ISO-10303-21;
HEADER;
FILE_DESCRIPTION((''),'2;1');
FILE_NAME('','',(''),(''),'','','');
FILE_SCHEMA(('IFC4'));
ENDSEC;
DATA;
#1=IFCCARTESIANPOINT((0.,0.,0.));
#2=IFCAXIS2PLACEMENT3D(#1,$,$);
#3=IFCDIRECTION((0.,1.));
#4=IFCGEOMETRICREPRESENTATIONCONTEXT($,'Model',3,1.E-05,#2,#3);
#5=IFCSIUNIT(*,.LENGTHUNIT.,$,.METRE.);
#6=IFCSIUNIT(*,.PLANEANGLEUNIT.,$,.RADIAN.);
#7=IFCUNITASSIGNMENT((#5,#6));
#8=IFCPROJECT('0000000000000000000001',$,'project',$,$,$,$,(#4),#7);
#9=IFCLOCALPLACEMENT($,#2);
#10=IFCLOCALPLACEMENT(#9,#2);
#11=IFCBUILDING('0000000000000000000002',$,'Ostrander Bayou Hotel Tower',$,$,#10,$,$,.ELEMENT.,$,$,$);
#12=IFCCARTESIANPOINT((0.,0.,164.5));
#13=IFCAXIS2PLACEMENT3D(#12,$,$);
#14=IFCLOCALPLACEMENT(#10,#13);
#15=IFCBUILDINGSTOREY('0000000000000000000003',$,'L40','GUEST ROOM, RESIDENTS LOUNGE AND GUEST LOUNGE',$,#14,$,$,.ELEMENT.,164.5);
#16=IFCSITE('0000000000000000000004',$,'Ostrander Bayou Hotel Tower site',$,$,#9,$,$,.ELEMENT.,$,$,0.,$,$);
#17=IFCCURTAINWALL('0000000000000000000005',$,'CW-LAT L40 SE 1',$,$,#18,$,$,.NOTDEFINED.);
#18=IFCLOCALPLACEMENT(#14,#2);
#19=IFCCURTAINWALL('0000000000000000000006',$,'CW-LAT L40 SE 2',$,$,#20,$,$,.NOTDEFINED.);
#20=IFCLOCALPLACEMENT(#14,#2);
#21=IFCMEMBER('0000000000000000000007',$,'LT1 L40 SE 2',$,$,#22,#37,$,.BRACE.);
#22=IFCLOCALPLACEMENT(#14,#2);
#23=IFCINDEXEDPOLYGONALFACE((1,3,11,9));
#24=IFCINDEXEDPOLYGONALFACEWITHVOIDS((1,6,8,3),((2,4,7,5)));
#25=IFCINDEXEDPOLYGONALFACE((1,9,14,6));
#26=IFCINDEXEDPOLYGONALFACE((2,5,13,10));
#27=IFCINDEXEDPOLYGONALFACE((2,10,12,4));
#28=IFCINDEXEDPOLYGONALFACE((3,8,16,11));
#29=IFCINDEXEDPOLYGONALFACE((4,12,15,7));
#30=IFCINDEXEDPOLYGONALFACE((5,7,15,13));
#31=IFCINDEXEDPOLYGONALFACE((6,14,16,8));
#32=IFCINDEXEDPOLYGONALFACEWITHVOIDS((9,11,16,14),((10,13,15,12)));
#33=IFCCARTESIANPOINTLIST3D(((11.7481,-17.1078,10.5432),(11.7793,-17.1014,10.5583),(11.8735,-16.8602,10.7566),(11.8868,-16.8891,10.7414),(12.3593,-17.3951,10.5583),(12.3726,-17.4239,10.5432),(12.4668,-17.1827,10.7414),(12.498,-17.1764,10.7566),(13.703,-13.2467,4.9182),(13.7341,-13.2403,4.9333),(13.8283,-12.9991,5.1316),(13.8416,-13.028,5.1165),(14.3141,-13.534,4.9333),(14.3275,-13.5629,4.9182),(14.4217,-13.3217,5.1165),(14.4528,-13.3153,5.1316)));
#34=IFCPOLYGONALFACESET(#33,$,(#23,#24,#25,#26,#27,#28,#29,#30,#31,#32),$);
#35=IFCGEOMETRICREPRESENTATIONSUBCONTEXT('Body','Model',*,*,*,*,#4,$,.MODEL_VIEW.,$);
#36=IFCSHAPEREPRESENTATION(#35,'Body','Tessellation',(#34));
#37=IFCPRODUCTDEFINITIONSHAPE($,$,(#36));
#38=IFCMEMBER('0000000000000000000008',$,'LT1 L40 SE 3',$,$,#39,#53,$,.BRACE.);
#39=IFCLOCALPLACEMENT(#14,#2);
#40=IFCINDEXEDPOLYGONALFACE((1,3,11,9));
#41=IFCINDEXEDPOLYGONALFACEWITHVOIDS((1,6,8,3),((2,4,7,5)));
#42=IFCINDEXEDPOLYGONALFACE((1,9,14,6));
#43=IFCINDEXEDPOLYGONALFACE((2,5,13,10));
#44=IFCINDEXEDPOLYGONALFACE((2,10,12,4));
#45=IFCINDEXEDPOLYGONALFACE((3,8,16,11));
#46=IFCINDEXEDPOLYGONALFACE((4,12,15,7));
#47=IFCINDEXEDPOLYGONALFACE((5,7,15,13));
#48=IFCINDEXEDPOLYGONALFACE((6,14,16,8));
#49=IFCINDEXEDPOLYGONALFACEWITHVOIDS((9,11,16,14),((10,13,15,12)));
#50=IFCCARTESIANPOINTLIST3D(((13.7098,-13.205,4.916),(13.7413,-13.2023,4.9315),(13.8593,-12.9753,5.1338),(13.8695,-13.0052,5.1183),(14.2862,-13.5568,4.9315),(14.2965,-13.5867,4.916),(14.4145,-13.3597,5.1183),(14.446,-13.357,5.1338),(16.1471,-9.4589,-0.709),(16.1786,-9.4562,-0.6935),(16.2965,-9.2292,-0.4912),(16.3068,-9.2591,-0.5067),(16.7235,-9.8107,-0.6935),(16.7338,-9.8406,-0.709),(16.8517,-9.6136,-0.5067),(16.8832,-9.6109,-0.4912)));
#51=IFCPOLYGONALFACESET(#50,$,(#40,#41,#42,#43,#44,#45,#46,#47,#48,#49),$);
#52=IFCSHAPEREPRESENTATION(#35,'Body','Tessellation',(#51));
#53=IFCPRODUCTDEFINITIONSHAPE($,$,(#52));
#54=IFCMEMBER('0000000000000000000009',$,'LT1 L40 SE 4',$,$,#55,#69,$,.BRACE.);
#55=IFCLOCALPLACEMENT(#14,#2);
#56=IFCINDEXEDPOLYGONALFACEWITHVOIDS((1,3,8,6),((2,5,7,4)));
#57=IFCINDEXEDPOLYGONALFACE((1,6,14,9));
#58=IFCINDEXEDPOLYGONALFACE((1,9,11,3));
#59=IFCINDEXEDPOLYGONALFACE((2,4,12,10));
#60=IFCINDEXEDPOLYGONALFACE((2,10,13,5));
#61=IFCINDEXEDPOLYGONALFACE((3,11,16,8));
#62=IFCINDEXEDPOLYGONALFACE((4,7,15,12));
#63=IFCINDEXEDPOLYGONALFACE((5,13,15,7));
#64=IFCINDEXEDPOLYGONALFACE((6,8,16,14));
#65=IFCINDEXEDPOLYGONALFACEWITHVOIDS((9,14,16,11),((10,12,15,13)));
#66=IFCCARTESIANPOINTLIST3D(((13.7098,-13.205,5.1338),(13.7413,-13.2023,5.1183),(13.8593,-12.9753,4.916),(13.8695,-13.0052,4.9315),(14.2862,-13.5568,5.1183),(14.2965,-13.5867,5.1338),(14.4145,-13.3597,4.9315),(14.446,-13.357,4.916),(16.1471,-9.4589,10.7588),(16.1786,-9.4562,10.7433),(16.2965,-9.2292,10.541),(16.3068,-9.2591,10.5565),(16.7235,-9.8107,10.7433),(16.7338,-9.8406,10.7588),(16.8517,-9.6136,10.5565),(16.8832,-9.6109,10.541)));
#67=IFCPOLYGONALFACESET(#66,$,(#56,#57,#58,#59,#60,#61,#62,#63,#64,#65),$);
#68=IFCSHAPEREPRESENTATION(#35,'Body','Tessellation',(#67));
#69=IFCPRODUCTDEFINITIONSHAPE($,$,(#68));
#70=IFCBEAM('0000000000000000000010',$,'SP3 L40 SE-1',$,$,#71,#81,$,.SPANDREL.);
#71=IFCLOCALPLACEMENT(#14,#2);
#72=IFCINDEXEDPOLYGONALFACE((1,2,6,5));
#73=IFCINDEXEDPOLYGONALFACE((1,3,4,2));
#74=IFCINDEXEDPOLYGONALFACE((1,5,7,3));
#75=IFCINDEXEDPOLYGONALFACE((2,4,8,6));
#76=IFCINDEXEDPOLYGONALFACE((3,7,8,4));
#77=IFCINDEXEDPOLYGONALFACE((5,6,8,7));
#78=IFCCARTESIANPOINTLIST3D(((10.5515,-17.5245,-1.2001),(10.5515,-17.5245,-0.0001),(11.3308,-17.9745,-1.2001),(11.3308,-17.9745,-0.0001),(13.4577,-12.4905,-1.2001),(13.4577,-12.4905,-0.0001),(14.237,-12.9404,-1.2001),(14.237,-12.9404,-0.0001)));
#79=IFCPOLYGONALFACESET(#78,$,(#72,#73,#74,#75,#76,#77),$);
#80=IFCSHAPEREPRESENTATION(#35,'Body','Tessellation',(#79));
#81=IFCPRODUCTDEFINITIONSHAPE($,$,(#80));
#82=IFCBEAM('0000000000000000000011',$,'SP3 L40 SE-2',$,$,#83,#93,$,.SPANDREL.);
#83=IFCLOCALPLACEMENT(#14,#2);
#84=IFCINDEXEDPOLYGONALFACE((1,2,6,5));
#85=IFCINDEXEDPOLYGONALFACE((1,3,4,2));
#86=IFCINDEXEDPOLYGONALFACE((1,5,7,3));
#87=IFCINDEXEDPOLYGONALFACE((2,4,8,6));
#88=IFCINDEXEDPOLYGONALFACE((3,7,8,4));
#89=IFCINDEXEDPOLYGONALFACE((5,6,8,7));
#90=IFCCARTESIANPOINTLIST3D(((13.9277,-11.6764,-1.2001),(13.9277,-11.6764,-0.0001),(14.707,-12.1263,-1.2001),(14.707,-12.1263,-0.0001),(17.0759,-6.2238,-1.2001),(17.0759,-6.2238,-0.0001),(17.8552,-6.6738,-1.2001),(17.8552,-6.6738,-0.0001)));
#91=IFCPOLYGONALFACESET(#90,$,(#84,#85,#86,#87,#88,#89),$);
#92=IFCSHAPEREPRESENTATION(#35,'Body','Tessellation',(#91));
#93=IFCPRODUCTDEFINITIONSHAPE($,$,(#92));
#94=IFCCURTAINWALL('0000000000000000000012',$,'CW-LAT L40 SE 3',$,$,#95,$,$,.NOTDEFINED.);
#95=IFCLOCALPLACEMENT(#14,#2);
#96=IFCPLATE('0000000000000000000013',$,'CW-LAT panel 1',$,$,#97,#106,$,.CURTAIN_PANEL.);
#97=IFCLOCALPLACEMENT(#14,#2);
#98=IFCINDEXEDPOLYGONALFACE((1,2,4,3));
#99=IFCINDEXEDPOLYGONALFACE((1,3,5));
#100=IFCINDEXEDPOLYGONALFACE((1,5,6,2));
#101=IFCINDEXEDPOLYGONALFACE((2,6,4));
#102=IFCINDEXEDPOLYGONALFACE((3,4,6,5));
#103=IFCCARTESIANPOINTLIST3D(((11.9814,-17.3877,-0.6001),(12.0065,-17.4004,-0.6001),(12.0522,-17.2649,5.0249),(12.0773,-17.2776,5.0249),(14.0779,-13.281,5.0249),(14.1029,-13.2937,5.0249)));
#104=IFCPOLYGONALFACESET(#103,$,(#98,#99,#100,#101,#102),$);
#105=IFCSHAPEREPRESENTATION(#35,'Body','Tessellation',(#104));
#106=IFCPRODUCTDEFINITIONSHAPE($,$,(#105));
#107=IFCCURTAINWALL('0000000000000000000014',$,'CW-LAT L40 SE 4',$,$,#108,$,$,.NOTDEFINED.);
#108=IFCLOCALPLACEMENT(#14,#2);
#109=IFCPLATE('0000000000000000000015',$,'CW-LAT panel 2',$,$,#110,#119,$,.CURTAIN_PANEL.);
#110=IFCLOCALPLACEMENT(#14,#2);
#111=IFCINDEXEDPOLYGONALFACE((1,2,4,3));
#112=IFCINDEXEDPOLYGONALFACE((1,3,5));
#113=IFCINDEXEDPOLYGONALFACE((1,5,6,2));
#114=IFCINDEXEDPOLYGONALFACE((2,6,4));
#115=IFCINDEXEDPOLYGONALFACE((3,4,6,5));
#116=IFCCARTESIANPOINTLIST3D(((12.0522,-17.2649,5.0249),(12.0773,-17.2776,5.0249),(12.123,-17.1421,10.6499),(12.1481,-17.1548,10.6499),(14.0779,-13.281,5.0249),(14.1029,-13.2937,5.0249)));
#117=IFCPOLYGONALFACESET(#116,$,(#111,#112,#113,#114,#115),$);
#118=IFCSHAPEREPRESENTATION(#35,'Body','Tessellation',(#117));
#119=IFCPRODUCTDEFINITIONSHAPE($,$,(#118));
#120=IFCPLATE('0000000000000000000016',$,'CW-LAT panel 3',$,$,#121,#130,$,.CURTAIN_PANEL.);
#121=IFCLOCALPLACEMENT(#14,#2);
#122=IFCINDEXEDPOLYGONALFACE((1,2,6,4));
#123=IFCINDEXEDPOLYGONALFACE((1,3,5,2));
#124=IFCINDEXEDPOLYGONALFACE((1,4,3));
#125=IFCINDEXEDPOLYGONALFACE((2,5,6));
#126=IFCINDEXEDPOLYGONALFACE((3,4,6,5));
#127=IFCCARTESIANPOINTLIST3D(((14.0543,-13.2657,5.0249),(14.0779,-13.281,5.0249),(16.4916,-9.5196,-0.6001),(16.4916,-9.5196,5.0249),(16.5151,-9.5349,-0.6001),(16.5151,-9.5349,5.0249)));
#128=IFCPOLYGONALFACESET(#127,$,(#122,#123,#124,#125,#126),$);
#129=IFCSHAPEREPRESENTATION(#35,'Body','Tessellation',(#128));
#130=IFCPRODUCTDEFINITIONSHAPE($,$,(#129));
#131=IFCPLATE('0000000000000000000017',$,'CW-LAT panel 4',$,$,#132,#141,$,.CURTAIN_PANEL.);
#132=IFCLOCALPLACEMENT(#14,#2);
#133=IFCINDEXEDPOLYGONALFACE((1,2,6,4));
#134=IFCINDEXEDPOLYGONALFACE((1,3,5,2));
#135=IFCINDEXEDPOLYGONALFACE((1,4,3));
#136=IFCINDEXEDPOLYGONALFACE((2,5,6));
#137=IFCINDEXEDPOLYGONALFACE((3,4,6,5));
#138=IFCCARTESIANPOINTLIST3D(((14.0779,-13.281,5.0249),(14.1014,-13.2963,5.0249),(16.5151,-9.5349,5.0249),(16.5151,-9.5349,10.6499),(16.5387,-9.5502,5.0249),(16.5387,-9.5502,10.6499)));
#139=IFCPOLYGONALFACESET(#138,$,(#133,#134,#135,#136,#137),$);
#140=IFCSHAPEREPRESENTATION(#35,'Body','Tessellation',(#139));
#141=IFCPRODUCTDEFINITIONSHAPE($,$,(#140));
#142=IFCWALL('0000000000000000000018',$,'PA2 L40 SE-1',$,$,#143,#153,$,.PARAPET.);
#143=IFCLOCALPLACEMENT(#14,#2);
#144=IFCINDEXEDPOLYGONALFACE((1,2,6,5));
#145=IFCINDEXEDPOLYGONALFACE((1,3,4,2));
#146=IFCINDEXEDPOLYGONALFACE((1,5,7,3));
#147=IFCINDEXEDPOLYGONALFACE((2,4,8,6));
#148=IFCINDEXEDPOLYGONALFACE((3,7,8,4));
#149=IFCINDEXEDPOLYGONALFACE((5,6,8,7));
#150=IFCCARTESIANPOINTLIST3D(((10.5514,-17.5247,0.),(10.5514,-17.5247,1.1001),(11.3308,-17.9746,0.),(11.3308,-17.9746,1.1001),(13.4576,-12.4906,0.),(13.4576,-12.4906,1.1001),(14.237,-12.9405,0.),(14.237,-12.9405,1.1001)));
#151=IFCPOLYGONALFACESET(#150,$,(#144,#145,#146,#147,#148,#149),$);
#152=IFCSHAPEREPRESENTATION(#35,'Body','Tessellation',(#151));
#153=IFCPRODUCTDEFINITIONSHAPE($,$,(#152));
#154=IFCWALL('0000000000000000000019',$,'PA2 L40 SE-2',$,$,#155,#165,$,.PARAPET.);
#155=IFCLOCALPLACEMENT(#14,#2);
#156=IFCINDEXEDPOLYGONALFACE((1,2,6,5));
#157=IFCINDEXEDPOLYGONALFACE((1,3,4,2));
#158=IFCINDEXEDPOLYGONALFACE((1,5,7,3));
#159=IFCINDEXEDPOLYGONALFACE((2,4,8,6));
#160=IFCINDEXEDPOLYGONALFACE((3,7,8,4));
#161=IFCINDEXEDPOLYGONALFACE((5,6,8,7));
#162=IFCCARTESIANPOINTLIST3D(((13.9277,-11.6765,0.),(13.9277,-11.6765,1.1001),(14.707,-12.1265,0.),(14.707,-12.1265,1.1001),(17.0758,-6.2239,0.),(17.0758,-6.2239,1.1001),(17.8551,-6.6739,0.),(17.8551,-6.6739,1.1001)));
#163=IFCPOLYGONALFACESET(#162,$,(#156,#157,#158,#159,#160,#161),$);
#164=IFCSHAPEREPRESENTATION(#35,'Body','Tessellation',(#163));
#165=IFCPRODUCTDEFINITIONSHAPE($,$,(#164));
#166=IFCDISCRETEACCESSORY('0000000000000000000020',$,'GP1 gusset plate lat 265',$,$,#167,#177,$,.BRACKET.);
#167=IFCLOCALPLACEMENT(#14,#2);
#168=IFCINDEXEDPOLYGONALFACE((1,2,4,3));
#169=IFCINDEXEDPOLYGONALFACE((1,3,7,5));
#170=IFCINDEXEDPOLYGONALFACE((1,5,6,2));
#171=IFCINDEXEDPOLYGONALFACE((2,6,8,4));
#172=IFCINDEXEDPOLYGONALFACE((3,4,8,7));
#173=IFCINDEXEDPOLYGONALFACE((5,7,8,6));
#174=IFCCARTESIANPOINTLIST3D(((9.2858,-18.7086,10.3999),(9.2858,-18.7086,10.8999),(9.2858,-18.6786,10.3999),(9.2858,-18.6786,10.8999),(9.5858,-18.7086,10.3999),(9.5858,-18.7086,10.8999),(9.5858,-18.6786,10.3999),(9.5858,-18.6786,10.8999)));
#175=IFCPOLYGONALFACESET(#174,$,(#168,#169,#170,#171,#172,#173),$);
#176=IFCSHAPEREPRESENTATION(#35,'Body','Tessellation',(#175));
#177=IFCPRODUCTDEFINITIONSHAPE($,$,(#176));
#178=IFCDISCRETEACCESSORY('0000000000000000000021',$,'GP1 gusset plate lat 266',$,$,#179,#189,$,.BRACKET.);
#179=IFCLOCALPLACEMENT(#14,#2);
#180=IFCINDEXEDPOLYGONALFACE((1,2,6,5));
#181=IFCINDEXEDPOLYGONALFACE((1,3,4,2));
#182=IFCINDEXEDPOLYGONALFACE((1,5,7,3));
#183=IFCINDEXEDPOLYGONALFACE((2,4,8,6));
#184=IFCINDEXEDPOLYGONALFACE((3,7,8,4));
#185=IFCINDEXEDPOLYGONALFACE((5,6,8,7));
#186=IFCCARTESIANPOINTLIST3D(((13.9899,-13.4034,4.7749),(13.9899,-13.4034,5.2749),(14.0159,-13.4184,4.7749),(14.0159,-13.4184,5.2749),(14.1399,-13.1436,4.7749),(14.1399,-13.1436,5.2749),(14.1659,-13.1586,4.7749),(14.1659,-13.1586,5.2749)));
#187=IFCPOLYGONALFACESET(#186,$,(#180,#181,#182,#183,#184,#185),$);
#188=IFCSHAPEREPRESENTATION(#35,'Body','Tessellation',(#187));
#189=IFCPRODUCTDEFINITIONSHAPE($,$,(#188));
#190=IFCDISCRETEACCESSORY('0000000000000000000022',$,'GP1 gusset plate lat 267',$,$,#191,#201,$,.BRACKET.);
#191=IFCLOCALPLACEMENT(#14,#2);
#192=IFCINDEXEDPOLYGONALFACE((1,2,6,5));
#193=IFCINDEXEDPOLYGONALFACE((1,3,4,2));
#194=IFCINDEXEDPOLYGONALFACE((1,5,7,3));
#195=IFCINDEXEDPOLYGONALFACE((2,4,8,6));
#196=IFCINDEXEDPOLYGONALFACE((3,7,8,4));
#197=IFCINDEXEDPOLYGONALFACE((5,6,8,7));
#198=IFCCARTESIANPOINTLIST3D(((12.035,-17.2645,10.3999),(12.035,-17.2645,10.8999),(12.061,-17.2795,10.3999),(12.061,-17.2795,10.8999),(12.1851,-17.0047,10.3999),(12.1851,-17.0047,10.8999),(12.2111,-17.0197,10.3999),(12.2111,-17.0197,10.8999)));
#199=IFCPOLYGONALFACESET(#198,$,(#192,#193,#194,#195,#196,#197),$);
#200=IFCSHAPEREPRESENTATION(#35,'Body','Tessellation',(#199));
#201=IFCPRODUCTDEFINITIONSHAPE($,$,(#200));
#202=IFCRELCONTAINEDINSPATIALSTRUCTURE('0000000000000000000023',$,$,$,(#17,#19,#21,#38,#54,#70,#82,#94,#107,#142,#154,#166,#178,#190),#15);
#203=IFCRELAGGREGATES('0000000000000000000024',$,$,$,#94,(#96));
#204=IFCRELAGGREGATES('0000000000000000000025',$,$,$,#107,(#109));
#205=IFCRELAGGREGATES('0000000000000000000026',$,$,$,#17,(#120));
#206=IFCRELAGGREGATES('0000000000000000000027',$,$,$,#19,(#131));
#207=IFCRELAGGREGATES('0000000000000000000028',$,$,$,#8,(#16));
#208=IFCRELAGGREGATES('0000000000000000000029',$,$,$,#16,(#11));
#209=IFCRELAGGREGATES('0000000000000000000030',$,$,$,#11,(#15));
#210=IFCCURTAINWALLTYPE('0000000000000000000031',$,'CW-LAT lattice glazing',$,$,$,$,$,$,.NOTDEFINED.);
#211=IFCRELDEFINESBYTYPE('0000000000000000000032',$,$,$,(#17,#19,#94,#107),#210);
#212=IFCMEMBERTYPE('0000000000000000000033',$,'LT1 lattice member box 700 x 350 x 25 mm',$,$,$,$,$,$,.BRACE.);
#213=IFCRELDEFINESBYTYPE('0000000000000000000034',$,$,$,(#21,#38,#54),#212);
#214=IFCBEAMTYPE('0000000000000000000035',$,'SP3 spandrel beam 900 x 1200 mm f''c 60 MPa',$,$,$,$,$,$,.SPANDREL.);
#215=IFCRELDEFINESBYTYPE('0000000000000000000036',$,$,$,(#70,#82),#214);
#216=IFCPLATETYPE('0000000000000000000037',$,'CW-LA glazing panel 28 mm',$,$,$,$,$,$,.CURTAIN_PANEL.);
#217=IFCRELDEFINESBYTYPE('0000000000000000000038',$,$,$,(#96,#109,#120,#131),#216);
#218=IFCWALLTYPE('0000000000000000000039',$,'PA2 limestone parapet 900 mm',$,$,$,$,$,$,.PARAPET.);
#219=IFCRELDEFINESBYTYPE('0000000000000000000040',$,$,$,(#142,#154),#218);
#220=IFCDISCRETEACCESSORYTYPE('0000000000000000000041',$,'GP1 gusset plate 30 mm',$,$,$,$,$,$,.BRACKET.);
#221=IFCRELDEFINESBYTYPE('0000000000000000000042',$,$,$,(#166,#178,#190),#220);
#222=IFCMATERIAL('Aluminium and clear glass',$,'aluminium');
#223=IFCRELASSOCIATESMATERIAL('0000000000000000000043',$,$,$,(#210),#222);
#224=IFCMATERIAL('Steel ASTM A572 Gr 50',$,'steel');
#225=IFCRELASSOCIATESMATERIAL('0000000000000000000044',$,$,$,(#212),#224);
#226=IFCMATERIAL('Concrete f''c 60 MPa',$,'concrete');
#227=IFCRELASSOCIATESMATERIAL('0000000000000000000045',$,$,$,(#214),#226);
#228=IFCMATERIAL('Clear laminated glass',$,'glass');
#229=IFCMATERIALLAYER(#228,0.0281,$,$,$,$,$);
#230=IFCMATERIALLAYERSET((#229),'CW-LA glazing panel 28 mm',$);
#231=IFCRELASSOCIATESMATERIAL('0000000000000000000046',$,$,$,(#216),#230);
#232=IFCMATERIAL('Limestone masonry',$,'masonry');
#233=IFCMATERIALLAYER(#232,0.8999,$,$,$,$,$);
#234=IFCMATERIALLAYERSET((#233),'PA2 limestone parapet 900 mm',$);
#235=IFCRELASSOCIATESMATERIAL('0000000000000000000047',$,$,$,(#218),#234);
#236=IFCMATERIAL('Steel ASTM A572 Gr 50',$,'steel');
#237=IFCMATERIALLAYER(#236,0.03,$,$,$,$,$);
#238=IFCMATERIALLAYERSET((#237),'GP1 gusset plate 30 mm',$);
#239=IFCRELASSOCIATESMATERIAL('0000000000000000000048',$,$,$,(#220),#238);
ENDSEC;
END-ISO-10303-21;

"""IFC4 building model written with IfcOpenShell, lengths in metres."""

from ifc_helpers import new_model, si_unit, direction, frame, frame_2d, origin, origin_2d, place, context, subcontext, project, spatial, polyline, rectangle, hollow_rectangle, outline, extrude, material, layer, layer_set, material_profile, profile_set, type_object, element, aggregate, save


model = new_model("IFC4")

# Units and contexts
model_context = context("Model", 3, precision=1e-05, world=origin(), true_north=direction((0.0, 1.0)))
body_context = subcontext(model_context, "Body", "Model", "MODEL_VIEW")
ifc_project = project(units=[si_unit("LENGTHUNIT", "METRE"), si_unit("PLANEANGLEUNIT", "RADIAN")], contexts=[model_context])

# Site, building, storey
site_placement = place(None, origin())
site = spatial("IfcSite", under=ifc_project, at=site_placement, Name="Ostrander Bayou Hotel Tower site", CompositionType="ELEMENT", RefElevation=0.0)
building_placement = place(site_placement, origin())
building = spatial("IfcBuilding", under=site, at=building_placement, Name="Ostrander Bayou Hotel Tower", CompositionType="ELEMENT")
storey_placement = place(building_placement, frame((0.0, 0.0, 164.5)))
storey = spatial("IfcBuildingStorey", under=building, at=storey_placement, Name="L40", Description="GUEST ROOM, RESIDENTS LOUNGE AND GUEST LOUNGE", CompositionType="ELEMENT", Elevation=164.5)

# Curtain wall
ifc_material_1 = material(Name="Aluminium and clear glass", Category="aluminium")
curtain_wall_type = type_object("IfcCurtainWallType", Name="CW-LAT lattice glazing", PredefinedType="NOTDEFINED", material=ifc_material_1)
curtain_wall_1_placement = place(storey_placement, origin())
curtain_wall_1 = element("IfcCurtainWall", 1, at=curtain_wall_1_placement, inside=storey, type_object=curtain_wall_type, Name="CW-LAT L40 SE 1", PredefinedType="NOTDEFINED")

# Curtain wall
curtain_wall_2_placement = place(storey_placement, origin())
curtain_wall_2 = element("IfcCurtainWall", 2, at=curtain_wall_2_placement, inside=storey, type_object=curtain_wall_type, Name="CW-LAT L40 SE 2", PredefinedType="NOTDEFINED")

# Members
ifc_material_2 = material(Name="Steel ASTM A572 Gr 50", Category="steel")
ifc_material_profile_1 = material_profile(ifc_material_2, hollow_rectangle(XDim=0.7, YDim=0.3501, WallThickness=0.0249, at=origin_2d()))
ifc_profile_set_1 = profile_set([ifc_material_profile_1], Name="Steel ASTM A572 Gr 50")
member_type_1 = type_object("IfcMemberType", Name="LT1 lattice member box 700 x 350 x 25 mm", PredefinedType="BRACE", material=ifc_profile_set_1)
member_1_placement = place(storey_placement, frame((14.0779, -13.281, 5.0249), z_axis=(-0.275438, -0.544031, 0.792568), x_axis=(0.892171, -0.451698, 0.0)))
element("IfcMember", 3, at=member_1_placement, inside=storey, type_object=member_type_1, Name="LT1 L40 SE 2", PredefinedType="BRACE", context=body_context, shape_type="SweptSolid", body=[
    extrude(hollow_rectangle(XDim=0.7, YDim=0.3501, WallThickness=0.0249, at=origin_2d()), origin(), (0.0, 0.0, 1.0), 7.0972),
])
for number, where, z_axis, x_axis, name in (
    (4, (14.0779, -13.281, 5.0249), (0.339248, 0.521428, -0.782958), (-0.838209, 0.545349, 0.0), "LT1 L40 SE 3"),
    (5, (14.0779, -13.281, 5.0249), (0.339248, 0.521428, 0.782958), (-0.838209, 0.545349, 0.0), "LT1 L40 SE 4"),
):
    element("IfcMember", number, at=place(storey_placement, frame(where, z_axis=z_axis, x_axis=x_axis)), inside=storey, type_object=member_type_1, Name=name, PredefinedType="BRACE", context=body_context, shape_type="SweptSolid", body=[
        extrude(hollow_rectangle(XDim=0.7, YDim=0.3501, WallThickness=0.0249, at=origin_2d()), origin(), (0.0, 0.0, 1.0), 7.1843),
    ])

# Beams
ifc_material_3 = material(Name="Concrete f'c 60 MPa", Category="concrete")
ifc_material_profile_2 = material_profile(ifc_material_3, rectangle(XDim=0.8999, YDim=1.2, at=origin_2d()))
ifc_profile_set_2 = profile_set([ifc_material_profile_2], Name="Concrete f'c 60 MPa")
beam_type_1 = type_object("IfcBeamType", Name="SP3 spandrel beam 900 x 1200 mm f'c 60 MPa", PredefinedType="SPANDREL", material=ifc_profile_set_2)
beam_1_placement = place(storey_placement, frame((10.9412, -17.7495, -0.6001), z_axis=(0.49997, 0.866043, 0.0), x_axis=(-0.866043, 0.49997, 0.0)))
element("IfcBeam", 6, at=beam_1_placement, inside=storey, type_object=beam_type_1, Name="SP3 L40 SE-1", PredefinedType="SPANDREL", context=body_context, shape_type="SweptSolid", body=[
    extrude(rectangle(XDim=0.8999, YDim=1.2, at=origin_2d()), origin(), (0.0, 0.0, 1.0), 5.8127),
])
beam_2_placement = place(storey_placement, frame((14.3174, -11.9014, -0.6001), z_axis=(0.500013, 0.866018, 0.0), x_axis=(-0.866018, 0.500013, 0.0)))
element("IfcBeam", 7, at=beam_2_placement, inside=storey, type_object=beam_type_1, Name="SP3 L40 SE-2", PredefinedType="SPANDREL", context=body_context, shape_type="SweptSolid", body=[
    extrude(rectangle(XDim=0.8999, YDim=1.2, at=origin_2d()), origin(), (0.0, 0.0, 1.0), 6.2961),
])

# Curtain walls, plates
curtain_wall_3_placement = place(storey_placement, origin())
curtain_wall_3 = element("IfcCurtainWall", 8, at=curtain_wall_3_placement, inside=storey, type_object=curtain_wall_type, Name="CW-LAT L40 SE 3", PredefinedType="NOTDEFINED")
ifc_material_4 = material(Name="Clear laminated glass", Category="glass")
ifc_layer_1 = layer(ifc_material_4, 0.0281)
ifc_layer_set_1 = layer_set([ifc_layer_1], Name="CW-LA glazing panel 28 mm")
plate_type = type_object("IfcPlateType", Name="CW-LA glazing panel 28 mm", PredefinedType="CURTAIN_PANEL", material=ifc_layer_set_1)
plate_1_placement = place(storey_placement, frame((14.0779, -13.281, 5.0249), z_axis=(-0.891391, 0.453234, 0.001325), x_axis=(-0.288238, -0.564627, -0.773379)))
plate_1 = element("IfcPlate", 9, at=plate_1_placement, type_object=plate_type, Name="CW-LAT panel 1", PredefinedType="CURTAIN_PANEL", context=body_context, shape_type="SweptSolid", body=[
    extrude(outline(polyline([(0.0, 0.0), (7.2733, 0.0), (2.8333, 3.4565), (0.0, 0.0)])), origin(), (0.0, 0.0, -1.0), 0.0281),
])
aggregate(curtain_wall_3, [plate_1])
curtain_wall_4_placement = place(storey_placement, origin())
curtain_wall_4 = element("IfcCurtainWall", 10, at=curtain_wall_4_placement, inside=storey, type_object=curtain_wall_type, Name="CW-LAT L40 SE 4", PredefinedType="NOTDEFINED")
plate_2_placement = place(storey_placement, frame((14.0779, -13.281, 5.0249), z_axis=(-0.891391, 0.453234, 0.001325), x_axis=(-0.275438, -0.544031, 0.792568)))
plate_2 = element("IfcPlate", 11, at=plate_2_placement, type_object=plate_type, Name="CW-LAT panel 2", PredefinedType="CURTAIN_PANEL", context=body_context, shape_type="SweptSolid", body=[
    extrude(outline(polyline([(0.0, 0.0), (7.0972, 0.0), (2.7253, -3.5422), (0.0, 0.0)])), origin(), (0.0, 0.0, -1.0), 0.0281),
])
aggregate(curtain_wall_4, [plate_2])

# Plates
plate_3_placement = place(storey_placement, frame((14.0779, -13.281, 5.0249), z_axis=(0.838209, -0.545349, 0.0), x_axis=(0.339248, 0.521428, -0.782958)))
plate_3 = element("IfcPlate", 12, at=plate_3_placement, type_object=plate_type, Name="CW-LAT panel 3", PredefinedType="CURTAIN_PANEL", context=body_context, shape_type="SweptSolid", body=[
    extrude(outline(polyline([(0.0, 0.0), (7.1843, 0.0), (2.7802, 3.4992), (0.0, 0.0)])), origin(), (0.0, 0.0, -1.0), 0.0281),
])
aggregate(curtain_wall_1, [plate_3])
plate_4_placement = place(storey_placement, frame((14.0779, -13.281, 5.0249), z_axis=(-0.838209, 0.545349, 0.0), x_axis=(0.339248, 0.521428, 0.782958)))
plate_4 = element("IfcPlate", 13, at=plate_4_placement, type_object=plate_type, Name="CW-LAT panel 4", PredefinedType="CURTAIN_PANEL", context=body_context, shape_type="SweptSolid", body=[
    extrude(outline(polyline([(0.0, 0.0), (7.1843, 0.0), (2.7802, 3.4992), (0.0, 0.0)])), origin(), (0.0, 0.0, -1.0), 0.0281),
])
aggregate(curtain_wall_2, [plate_4])

# Walls
ifc_material_5 = material(Name="Limestone masonry", Category="masonry")
ifc_layer_2 = layer(ifc_material_5, 0.8999)
ifc_layer_set_2 = layer_set([ifc_layer_2], Name="PA2 limestone parapet 900 mm")
wall_type = type_object("IfcWallType", Name="PA2 limestone parapet 900 mm", PredefinedType="PARAPET", material=ifc_layer_set_2)
wall_1_placement = place(storey_placement, frame((10.9412, -17.7495, 0.0), z_axis=(0.0, 0.0, 1.0), x_axis=(0.49997, 0.866043, 0.0)))
element("IfcWall", 14, at=wall_1_placement, inside=storey, type_object=wall_type, Name="PA2 L40 SE-1", PredefinedType="PARAPET", context=body_context, shape_type="SweptSolid", body=[
    extrude(rectangle(XDim=5.8127, YDim=0.8999, at=frame_2d((2.9062, 0.0))), origin(), (0.0, 0.0, 1.0), 1.1001),
])
wall_2_placement = place(storey_placement, frame((14.3174, -11.9014, 0.0), z_axis=(0.0, 0.0, 1.0), x_axis=(0.500013, 0.866018, 0.0)))
element("IfcWall", 15, at=wall_2_placement, inside=storey, type_object=wall_type, Name="PA2 L40 SE-2", PredefinedType="PARAPET", context=body_context, shape_type="SweptSolid", body=[
    extrude(rectangle(XDim=6.2961, YDim=0.8999, at=frame_2d((3.1479, 0.0))), origin(), (0.0, 0.0, 1.0), 1.1001),
])

# Discrete accessories
ifc_material_6 = material(Name="Steel ASTM A572 Gr 50", Category="steel")
ifc_layer_3 = layer(ifc_material_6, 0.03)
ifc_layer_set_3 = layer_set([ifc_layer_3], Name="GP1 gusset plate 30 mm")
discrete_accessory_type = type_object("IfcDiscreteAccessoryType", Name="GP1 gusset plate 30 mm", PredefinedType="BRACKET", material=ifc_layer_set_3)
for number, where, z_axis, x_axis, name in (
    (16, (9.4358, -18.6936, 10.3999), (0.0, 0.0, 1.0), (1.0, 0.0, 0.0), "GP1 gusset plate lat 265"),
    (17, (14.0779, -13.281, 4.7749), (0.0, 0.0, 1.0), (0.5, 0.866025, 0.0), "GP1 gusset plate lat 266"),
    (18, (12.123, -17.1421, 10.3999), (0.0, 0.0, 1.0), (0.5, 0.866025, 0.0), "GP1 gusset plate lat 267"),
):
    element("IfcDiscreteAccessory", number, at=place(storey_placement, frame(where, z_axis=z_axis, x_axis=x_axis)), inside=storey, type_object=discrete_accessory_type, Name=name, PredefinedType="BRACKET", context=body_context, shape_type="SweptSolid", body=[
        extrude(rectangle(XDim=0.3, YDim=0.03, at=origin_2d()), origin(), (0.0, 0.0, 1.0), 0.5),
    ])

save(model, "model.ifc")
